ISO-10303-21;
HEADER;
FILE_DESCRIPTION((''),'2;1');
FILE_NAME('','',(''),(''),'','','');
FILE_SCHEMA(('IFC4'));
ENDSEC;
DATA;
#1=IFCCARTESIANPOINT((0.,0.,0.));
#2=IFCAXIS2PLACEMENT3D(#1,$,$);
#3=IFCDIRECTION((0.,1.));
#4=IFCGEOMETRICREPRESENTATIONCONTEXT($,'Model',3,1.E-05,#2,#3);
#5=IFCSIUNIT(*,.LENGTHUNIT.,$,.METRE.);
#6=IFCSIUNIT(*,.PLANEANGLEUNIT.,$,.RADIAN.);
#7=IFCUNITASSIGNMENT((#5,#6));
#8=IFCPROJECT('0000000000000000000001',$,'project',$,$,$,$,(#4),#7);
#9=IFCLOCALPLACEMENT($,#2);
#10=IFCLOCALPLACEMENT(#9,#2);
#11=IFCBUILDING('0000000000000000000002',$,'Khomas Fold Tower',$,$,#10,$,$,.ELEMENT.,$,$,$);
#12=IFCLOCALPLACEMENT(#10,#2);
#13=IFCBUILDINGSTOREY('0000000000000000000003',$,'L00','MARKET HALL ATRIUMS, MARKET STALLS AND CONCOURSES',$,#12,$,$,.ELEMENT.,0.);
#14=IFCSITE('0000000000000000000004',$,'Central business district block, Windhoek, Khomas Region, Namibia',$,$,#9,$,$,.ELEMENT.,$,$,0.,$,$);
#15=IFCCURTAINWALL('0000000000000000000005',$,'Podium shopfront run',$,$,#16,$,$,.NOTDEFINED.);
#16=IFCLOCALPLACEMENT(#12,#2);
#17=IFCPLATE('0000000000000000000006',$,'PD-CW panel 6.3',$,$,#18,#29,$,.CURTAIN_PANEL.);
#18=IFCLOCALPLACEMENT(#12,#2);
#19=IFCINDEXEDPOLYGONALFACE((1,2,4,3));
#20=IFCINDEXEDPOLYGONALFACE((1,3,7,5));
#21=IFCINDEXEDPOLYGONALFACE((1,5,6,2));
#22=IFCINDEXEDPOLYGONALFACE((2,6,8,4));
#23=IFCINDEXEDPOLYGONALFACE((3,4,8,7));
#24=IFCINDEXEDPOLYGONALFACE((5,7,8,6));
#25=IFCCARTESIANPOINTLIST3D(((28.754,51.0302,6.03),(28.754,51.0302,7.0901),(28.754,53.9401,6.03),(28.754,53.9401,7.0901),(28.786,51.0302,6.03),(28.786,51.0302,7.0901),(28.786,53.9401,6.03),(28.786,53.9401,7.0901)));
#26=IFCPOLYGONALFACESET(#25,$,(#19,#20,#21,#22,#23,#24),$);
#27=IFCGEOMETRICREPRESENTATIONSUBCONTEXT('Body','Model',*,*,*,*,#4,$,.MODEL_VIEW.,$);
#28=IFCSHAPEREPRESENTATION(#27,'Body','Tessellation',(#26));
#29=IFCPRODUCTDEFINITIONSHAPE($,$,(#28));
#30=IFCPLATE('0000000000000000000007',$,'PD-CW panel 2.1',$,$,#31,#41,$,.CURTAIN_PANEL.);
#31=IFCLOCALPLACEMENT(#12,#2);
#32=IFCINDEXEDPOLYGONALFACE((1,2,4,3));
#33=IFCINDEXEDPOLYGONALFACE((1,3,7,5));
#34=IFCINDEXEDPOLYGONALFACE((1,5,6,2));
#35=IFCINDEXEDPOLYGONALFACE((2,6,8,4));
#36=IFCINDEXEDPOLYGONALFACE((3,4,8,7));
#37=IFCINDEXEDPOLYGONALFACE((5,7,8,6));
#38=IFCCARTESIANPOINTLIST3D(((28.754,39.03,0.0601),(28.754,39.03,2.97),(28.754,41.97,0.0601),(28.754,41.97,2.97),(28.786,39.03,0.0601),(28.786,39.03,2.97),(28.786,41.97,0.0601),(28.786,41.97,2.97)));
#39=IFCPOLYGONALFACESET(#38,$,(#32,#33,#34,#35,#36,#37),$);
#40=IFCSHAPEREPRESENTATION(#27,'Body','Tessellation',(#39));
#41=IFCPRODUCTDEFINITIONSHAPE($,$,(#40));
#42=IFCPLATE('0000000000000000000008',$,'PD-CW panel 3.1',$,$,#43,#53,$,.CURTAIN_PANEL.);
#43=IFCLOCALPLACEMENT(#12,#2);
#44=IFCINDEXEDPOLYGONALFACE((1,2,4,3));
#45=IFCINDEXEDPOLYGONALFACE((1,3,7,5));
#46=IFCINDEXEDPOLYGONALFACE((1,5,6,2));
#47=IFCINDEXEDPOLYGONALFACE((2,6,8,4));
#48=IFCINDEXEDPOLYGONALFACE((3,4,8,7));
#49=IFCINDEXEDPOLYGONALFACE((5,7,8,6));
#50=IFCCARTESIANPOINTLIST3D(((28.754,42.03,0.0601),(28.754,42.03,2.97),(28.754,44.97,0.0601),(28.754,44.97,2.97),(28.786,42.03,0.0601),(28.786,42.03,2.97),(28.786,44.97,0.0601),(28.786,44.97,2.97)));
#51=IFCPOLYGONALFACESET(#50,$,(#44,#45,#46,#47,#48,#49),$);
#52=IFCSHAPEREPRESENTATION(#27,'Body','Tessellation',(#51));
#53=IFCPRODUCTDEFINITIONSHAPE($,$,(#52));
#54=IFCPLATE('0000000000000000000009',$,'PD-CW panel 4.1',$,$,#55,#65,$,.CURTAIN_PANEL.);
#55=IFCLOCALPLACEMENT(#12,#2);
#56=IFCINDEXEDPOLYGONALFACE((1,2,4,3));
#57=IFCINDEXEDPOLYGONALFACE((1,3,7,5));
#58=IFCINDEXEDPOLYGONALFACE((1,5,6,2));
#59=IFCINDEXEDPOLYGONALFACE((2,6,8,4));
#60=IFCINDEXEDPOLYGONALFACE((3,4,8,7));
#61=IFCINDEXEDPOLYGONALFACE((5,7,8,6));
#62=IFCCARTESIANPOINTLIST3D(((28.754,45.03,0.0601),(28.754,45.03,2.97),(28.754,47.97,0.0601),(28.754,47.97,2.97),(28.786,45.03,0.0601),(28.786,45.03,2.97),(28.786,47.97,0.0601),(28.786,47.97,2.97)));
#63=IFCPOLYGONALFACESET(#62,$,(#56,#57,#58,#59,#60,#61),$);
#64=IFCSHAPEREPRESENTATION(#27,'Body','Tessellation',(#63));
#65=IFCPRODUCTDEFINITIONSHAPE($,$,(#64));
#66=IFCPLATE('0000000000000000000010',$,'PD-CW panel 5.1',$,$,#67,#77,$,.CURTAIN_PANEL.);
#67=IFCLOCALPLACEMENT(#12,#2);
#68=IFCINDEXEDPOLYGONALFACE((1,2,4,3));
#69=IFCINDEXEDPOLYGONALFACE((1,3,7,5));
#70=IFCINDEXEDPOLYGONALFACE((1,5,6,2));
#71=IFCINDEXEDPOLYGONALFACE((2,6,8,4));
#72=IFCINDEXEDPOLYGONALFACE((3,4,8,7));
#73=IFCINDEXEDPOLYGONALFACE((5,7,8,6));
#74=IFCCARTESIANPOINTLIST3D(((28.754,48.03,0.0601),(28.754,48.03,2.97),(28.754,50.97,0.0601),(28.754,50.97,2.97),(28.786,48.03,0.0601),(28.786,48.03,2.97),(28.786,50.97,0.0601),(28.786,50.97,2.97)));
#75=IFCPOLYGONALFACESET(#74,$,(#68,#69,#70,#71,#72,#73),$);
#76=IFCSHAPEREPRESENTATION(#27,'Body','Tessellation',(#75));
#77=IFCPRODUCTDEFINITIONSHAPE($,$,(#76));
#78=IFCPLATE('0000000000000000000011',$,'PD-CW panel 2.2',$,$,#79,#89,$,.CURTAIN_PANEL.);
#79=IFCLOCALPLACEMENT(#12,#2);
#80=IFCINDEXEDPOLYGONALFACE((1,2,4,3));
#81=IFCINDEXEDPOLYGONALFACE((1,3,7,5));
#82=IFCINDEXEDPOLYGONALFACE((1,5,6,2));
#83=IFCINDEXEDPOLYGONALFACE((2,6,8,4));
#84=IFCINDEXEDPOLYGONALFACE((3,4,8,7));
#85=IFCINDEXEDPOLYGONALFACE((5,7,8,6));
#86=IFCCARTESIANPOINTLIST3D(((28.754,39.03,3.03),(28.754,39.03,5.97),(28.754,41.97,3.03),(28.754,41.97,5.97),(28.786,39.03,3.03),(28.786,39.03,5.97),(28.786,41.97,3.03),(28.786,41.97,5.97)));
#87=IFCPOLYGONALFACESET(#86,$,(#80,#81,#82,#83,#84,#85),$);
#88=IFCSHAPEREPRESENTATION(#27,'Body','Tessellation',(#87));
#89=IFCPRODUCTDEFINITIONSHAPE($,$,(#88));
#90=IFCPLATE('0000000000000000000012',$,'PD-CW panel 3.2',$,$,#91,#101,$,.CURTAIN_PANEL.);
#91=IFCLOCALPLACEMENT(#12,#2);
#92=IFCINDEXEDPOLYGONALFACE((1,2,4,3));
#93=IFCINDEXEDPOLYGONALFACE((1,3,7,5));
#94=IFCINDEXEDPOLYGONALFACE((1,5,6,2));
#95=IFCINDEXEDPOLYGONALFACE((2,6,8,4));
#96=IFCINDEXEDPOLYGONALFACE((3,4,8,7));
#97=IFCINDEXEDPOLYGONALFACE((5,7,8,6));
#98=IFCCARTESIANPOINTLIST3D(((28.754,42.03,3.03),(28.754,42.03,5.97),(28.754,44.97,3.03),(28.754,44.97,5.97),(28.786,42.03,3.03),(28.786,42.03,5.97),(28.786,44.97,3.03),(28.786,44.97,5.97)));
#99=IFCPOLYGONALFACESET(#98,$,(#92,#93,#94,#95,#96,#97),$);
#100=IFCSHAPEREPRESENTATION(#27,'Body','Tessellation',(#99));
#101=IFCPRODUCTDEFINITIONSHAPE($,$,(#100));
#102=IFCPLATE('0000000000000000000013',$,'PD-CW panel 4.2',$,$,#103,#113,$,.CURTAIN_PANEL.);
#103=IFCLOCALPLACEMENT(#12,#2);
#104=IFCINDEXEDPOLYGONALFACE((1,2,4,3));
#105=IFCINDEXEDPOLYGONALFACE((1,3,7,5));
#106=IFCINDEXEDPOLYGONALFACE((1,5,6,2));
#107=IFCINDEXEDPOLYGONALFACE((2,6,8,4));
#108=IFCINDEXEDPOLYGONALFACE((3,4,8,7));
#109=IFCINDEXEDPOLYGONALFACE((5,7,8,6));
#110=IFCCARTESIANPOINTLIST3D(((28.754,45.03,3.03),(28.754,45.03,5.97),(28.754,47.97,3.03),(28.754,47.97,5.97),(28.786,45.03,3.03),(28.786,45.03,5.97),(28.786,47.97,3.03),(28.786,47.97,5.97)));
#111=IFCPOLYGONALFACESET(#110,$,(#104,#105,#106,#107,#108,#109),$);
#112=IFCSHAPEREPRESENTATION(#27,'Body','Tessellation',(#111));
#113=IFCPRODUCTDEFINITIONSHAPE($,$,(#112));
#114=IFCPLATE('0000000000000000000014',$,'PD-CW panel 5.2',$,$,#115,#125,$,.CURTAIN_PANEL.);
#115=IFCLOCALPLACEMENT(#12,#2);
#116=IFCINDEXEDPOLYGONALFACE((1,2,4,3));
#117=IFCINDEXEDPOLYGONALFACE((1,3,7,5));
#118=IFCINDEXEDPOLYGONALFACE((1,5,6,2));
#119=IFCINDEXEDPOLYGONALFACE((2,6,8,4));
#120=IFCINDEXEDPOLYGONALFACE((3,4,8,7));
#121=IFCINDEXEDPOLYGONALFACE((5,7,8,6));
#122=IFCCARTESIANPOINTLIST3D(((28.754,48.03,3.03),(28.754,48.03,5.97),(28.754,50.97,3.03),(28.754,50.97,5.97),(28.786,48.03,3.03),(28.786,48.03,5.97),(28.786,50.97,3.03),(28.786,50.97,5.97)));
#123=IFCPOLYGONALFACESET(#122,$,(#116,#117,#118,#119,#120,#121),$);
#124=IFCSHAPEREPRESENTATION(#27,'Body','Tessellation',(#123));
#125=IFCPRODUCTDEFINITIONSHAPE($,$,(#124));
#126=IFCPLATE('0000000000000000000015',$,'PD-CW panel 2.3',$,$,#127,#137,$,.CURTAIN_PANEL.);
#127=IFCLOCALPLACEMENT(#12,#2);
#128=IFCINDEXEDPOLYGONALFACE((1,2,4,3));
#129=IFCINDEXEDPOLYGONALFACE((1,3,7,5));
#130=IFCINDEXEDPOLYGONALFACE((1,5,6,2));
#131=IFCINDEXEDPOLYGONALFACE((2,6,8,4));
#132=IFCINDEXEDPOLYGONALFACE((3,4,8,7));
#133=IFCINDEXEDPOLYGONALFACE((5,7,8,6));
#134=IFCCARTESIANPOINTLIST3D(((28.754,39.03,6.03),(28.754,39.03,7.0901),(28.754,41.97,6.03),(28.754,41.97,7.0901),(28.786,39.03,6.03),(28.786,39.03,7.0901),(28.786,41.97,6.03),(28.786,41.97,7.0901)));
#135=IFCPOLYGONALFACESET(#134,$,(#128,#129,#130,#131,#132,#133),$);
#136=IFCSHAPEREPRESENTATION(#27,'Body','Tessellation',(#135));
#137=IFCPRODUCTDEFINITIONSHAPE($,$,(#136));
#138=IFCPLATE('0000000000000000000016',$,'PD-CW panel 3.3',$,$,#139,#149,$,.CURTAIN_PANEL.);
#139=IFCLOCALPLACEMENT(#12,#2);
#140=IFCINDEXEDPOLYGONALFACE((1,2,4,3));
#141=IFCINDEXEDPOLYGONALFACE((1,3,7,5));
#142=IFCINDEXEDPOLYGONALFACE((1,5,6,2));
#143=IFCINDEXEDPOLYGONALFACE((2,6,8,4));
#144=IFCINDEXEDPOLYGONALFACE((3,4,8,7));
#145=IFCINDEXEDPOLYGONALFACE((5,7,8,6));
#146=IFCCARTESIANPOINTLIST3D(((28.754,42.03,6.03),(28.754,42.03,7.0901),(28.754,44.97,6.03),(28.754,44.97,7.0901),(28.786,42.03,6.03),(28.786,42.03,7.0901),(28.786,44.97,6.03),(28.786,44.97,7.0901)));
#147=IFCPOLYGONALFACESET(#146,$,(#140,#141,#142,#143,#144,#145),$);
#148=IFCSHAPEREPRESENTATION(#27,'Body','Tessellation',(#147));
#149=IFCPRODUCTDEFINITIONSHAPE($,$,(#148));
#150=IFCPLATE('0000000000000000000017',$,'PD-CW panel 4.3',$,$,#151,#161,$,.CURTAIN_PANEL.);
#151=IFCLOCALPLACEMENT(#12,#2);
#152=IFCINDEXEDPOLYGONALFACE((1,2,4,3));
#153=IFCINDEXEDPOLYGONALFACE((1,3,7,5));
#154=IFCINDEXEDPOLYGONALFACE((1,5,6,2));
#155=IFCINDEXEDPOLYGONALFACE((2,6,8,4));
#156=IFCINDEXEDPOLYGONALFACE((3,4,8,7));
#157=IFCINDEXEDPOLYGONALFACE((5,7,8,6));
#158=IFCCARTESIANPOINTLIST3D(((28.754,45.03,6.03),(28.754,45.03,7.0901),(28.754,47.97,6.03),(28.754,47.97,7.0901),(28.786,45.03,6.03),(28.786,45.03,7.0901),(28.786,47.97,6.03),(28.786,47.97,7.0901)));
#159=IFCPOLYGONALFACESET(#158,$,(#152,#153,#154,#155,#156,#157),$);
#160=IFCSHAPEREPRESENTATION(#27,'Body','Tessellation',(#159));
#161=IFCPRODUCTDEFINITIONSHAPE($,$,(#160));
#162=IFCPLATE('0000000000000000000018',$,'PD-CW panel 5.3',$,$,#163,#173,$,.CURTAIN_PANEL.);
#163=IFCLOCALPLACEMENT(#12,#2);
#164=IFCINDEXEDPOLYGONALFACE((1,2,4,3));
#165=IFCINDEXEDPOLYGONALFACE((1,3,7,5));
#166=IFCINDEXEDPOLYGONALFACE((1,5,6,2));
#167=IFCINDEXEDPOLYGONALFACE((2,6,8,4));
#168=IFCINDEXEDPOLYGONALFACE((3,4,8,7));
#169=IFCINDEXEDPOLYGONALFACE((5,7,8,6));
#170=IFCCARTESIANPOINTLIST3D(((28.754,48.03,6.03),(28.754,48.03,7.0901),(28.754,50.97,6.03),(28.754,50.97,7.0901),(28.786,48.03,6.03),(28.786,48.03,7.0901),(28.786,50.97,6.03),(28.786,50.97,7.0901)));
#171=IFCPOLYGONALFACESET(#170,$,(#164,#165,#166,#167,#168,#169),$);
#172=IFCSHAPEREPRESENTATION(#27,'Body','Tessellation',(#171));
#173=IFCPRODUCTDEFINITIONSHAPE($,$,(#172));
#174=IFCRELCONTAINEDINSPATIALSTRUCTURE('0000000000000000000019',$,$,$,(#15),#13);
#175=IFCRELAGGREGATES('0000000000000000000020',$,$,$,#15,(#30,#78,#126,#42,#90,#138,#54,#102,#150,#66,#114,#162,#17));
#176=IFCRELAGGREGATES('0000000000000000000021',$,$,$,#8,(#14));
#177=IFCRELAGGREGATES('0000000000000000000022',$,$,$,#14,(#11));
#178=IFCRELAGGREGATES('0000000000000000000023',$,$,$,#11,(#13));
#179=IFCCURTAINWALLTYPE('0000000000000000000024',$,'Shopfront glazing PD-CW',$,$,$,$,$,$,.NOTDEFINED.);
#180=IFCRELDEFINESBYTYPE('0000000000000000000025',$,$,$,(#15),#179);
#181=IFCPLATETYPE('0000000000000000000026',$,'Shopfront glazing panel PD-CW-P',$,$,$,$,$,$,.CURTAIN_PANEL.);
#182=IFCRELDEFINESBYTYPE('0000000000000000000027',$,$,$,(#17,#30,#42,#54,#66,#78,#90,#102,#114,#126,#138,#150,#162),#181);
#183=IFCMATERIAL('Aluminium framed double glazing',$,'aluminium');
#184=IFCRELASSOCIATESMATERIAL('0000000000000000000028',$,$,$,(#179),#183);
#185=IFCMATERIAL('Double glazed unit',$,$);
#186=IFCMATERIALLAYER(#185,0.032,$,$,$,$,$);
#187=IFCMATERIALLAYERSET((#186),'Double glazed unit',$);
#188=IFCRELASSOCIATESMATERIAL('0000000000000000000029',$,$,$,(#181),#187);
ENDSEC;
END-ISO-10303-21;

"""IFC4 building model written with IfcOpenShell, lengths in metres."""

from ifc_helpers import new_model, si_unit, direction, frame, origin, origin_2d, place, context, subcontext, project, spatial, rectangle, extrude, source, transform, mapped, material, layer, layer_set, type_object, element, aggregate, save


model = new_model("IFC4")

# Units and contexts
model_context = context("Model", 3, precision=1e-05, world=origin(), true_north=direction((0.0, 1.0)))
body_context = subcontext(model_context, "Body", "Model", "MODEL_VIEW")
ifc_project = project(units=[si_unit("LENGTHUNIT", "METRE"), si_unit("PLANEANGLEUNIT", "RADIAN")], contexts=[model_context])

# Site, building, storey
site_placement = place(None, origin())
site = spatial("IfcSite", under=ifc_project, at=site_placement, Name="Central business district block, Windhoek, Khomas Region, Namibia", CompositionType="ELEMENT", RefElevation=0.0)
building_placement = place(site_placement, origin())
building = spatial("IfcBuilding", under=site, at=building_placement, Name="Khomas Fold Tower", CompositionType="ELEMENT")
storey_placement = place(building_placement, origin())
storey = spatial("IfcBuildingStorey", under=building, at=storey_placement, Name="L00", Description="MARKET HALL ATRIUMS, MARKET STALLS AND CONCOURSES", CompositionType="ELEMENT", Elevation=0.0)

# Curtain wall, plates
ifc_material_1 = material(Name="Aluminium framed double glazing", Category="aluminium")
curtain_wall_type = type_object("IfcCurtainWallType", Name="Shopfront glazing PD-CW", PredefinedType="NOTDEFINED", material=ifc_material_1)
curtain_wall_placement = place(storey_placement, origin())
curtain_wall = element("IfcCurtainWall", 1, at=curtain_wall_placement, inside=storey, type_object=curtain_wall_type, Name="Podium shopfront run", PredefinedType="NOTDEFINED")
ifc_material_2 = material(Name="Double glazed unit")
ifc_layer = layer(ifc_material_2, 0.032)
ifc_layer_set = layer_set([ifc_layer], Name="Double glazed unit")
plate_type = type_object("IfcPlateType", Name="Shopfront glazing panel PD-CW-P", PredefinedType="CURTAIN_PANEL", material=ifc_layer_set)
shared_shape_1 = source(origin(), body_context, "Body", "SweptSolid", [
    extrude(rectangle(XDim=2.9099, YDim=0.032, at=origin_2d()), origin(), (0.0, 0.0, 1.0), 1.0601),
])
plate_1_placement = place(storey_placement, frame((28.77, 52.4851, 6.03), z_axis=(0.0, 0.0, 1.0), x_axis=(0.0, 1.0, 0.0)))
plate_1 = element("IfcPlate", 2, at=plate_1_placement, type_object=plate_type, Name="PD-CW panel 6.3", PredefinedType="CURTAIN_PANEL", context=body_context, shape_type="MappedRepresentation", body=[
    mapped(shared_shape_1, transform((0.0, 0.0, 0.0))),
])
shared_shape_2 = source(origin(), body_context, "Body", "SweptSolid", [
    extrude(rectangle(XDim=2.9399, YDim=0.032, at=origin_2d()), origin(), (0.0, 0.0, 1.0), 2.9099),
])
plate_2_placement = place(storey_placement, frame((28.77, 40.5, 0.0601), z_axis=(0.0, 0.0, 1.0), x_axis=(0.0, 1.0, 0.0)))
plate_2 = element("IfcPlate", 3, at=plate_2_placement, type_object=plate_type, Name="PD-CW panel 2.1", PredefinedType="CURTAIN_PANEL", context=body_context, shape_type="MappedRepresentation", body=[
    mapped(shared_shape_2, transform((0.0, 0.0, 0.0))),
])
plate_3_placement = place(storey_placement, frame((28.77, 43.5, 0.0601), z_axis=(0.0, 0.0, 1.0), x_axis=(0.0, 1.0, 0.0)))
plate_3 = element("IfcPlate", 4, at=plate_3_placement, type_object=plate_type, Name="PD-CW panel 3.1", PredefinedType="CURTAIN_PANEL", context=body_context, shape_type="MappedRepresentation", body=[
    mapped(shared_shape_2, transform((0.0, 0.0, 0.0))),
])
plate_4_placement = place(storey_placement, frame((28.77, 46.5, 0.0601), z_axis=(0.0, 0.0, 1.0), x_axis=(0.0, 1.0, 0.0)))
plate_4 = element("IfcPlate", 5, at=plate_4_placement, type_object=plate_type, Name="PD-CW panel 4.1", PredefinedType="CURTAIN_PANEL", context=body_context, shape_type="MappedRepresentation", body=[
    mapped(shared_shape_2, transform((0.0, 0.0, 0.0))),
])
plate_5_placement = place(storey_placement, frame((28.77, 49.5, 0.0601), z_axis=(0.0, 0.0, 1.0), x_axis=(0.0, 1.0, 0.0)))
plate_5 = element("IfcPlate", 6, at=plate_5_placement, type_object=plate_type, Name="PD-CW panel 5.1", PredefinedType="CURTAIN_PANEL", context=body_context, shape_type="MappedRepresentation", body=[
    mapped(shared_shape_2, transform((0.0, 0.0, 0.0))),
])
shared_shape_3 = source(origin(), body_context, "Body", "SweptSolid", [
    extrude(rectangle(XDim=2.9399, YDim=0.032, at=origin_2d()), origin(), (0.0, 0.0, 1.0), 2.9399),
])
plate_6_placement = place(storey_placement, frame((28.77, 40.5, 3.03), z_axis=(0.0, 0.0, 1.0), x_axis=(0.0, 1.0, 0.0)))
plate_6 = element("IfcPlate", 7, at=plate_6_placement, type_object=plate_type, Name="PD-CW panel 2.2", PredefinedType="CURTAIN_PANEL", context=body_context, shape_type="MappedRepresentation", body=[
    mapped(shared_shape_3, transform((0.0, 0.0, 0.0))),
])
plate_7_placement = place(storey_placement, frame((28.77, 43.5, 3.03), z_axis=(0.0, 0.0, 1.0), x_axis=(0.0, 1.0, 0.0)))
plate_7 = element("IfcPlate", 8, at=plate_7_placement, type_object=plate_type, Name="PD-CW panel 3.2", PredefinedType="CURTAIN_PANEL", context=body_context, shape_type="MappedRepresentation", body=[
    mapped(shared_shape_3, transform((0.0, 0.0, 0.0))),
])
plate_8_placement = place(storey_placement, frame((28.77, 46.5, 3.03), z_axis=(0.0, 0.0, 1.0), x_axis=(0.0, 1.0, 0.0)))
plate_8 = element("IfcPlate", 9, at=plate_8_placement, type_object=plate_type, Name="PD-CW panel 4.2", PredefinedType="CURTAIN_PANEL", context=body_context, shape_type="MappedRepresentation", body=[
    mapped(shared_shape_3, transform((0.0, 0.0, 0.0))),
])
plate_9_placement = place(storey_placement, frame((28.77, 49.5, 3.03), z_axis=(0.0, 0.0, 1.0), x_axis=(0.0, 1.0, 0.0)))
plate_9 = element("IfcPlate", 10, at=plate_9_placement, type_object=plate_type, Name="PD-CW panel 5.2", PredefinedType="CURTAIN_PANEL", context=body_context, shape_type="MappedRepresentation", body=[
    mapped(shared_shape_3, transform((0.0, 0.0, 0.0))),
])
shared_shape_4 = source(origin(), body_context, "Body", "SweptSolid", [
    extrude(rectangle(XDim=2.9399, YDim=0.032, at=origin_2d()), origin(), (0.0, 0.0, 1.0), 1.0601),
])
plate_10_placement = place(storey_placement, frame((28.77, 40.5, 6.03), z_axis=(0.0, 0.0, 1.0), x_axis=(0.0, 1.0, 0.0)))
plate_10 = element("IfcPlate", 11, at=plate_10_placement, type_object=plate_type, Name="PD-CW panel 2.3", PredefinedType="CURTAIN_PANEL", context=body_context, shape_type="MappedRepresentation", body=[
    mapped(shared_shape_4, transform((0.0, 0.0, 0.0))),
])
plate_11_placement = place(storey_placement, frame((28.77, 43.5, 6.03), z_axis=(0.0, 0.0, 1.0), x_axis=(0.0, 1.0, 0.0)))
plate_11 = element("IfcPlate", 12, at=plate_11_placement, type_object=plate_type, Name="PD-CW panel 3.3", PredefinedType="CURTAIN_PANEL", context=body_context, shape_type="MappedRepresentation", body=[
    mapped(shared_shape_4, transform((0.0, 0.0, 0.0))),
])
plate_12_placement = place(storey_placement, frame((28.77, 46.5, 6.03), z_axis=(0.0, 0.0, 1.0), x_axis=(0.0, 1.0, 0.0)))
plate_12 = element("IfcPlate", 13, at=plate_12_placement, type_object=plate_type, Name="PD-CW panel 4.3", PredefinedType="CURTAIN_PANEL", context=body_context, shape_type="MappedRepresentation", body=[
    mapped(shared_shape_4, transform((0.0, 0.0, 0.0))),
])
plate_13_placement = place(storey_placement, frame((28.77, 49.5, 6.03), z_axis=(0.0, 0.0, 1.0), x_axis=(0.0, 1.0, 0.0)))
plate_13 = element("IfcPlate", 14, at=plate_13_placement, type_object=plate_type, Name="PD-CW panel 5.3", PredefinedType="CURTAIN_PANEL", context=body_context, shape_type="MappedRepresentation", body=[
    mapped(shared_shape_4, transform((0.0, 0.0, 0.0))),
])
aggregate(curtain_wall, [plate_2, plate_6, plate_10, plate_3, plate_7, plate_11, plate_4, plate_8, plate_12, plate_5, plate_9, plate_13, plate_1])

save(model, "model.ifc")
